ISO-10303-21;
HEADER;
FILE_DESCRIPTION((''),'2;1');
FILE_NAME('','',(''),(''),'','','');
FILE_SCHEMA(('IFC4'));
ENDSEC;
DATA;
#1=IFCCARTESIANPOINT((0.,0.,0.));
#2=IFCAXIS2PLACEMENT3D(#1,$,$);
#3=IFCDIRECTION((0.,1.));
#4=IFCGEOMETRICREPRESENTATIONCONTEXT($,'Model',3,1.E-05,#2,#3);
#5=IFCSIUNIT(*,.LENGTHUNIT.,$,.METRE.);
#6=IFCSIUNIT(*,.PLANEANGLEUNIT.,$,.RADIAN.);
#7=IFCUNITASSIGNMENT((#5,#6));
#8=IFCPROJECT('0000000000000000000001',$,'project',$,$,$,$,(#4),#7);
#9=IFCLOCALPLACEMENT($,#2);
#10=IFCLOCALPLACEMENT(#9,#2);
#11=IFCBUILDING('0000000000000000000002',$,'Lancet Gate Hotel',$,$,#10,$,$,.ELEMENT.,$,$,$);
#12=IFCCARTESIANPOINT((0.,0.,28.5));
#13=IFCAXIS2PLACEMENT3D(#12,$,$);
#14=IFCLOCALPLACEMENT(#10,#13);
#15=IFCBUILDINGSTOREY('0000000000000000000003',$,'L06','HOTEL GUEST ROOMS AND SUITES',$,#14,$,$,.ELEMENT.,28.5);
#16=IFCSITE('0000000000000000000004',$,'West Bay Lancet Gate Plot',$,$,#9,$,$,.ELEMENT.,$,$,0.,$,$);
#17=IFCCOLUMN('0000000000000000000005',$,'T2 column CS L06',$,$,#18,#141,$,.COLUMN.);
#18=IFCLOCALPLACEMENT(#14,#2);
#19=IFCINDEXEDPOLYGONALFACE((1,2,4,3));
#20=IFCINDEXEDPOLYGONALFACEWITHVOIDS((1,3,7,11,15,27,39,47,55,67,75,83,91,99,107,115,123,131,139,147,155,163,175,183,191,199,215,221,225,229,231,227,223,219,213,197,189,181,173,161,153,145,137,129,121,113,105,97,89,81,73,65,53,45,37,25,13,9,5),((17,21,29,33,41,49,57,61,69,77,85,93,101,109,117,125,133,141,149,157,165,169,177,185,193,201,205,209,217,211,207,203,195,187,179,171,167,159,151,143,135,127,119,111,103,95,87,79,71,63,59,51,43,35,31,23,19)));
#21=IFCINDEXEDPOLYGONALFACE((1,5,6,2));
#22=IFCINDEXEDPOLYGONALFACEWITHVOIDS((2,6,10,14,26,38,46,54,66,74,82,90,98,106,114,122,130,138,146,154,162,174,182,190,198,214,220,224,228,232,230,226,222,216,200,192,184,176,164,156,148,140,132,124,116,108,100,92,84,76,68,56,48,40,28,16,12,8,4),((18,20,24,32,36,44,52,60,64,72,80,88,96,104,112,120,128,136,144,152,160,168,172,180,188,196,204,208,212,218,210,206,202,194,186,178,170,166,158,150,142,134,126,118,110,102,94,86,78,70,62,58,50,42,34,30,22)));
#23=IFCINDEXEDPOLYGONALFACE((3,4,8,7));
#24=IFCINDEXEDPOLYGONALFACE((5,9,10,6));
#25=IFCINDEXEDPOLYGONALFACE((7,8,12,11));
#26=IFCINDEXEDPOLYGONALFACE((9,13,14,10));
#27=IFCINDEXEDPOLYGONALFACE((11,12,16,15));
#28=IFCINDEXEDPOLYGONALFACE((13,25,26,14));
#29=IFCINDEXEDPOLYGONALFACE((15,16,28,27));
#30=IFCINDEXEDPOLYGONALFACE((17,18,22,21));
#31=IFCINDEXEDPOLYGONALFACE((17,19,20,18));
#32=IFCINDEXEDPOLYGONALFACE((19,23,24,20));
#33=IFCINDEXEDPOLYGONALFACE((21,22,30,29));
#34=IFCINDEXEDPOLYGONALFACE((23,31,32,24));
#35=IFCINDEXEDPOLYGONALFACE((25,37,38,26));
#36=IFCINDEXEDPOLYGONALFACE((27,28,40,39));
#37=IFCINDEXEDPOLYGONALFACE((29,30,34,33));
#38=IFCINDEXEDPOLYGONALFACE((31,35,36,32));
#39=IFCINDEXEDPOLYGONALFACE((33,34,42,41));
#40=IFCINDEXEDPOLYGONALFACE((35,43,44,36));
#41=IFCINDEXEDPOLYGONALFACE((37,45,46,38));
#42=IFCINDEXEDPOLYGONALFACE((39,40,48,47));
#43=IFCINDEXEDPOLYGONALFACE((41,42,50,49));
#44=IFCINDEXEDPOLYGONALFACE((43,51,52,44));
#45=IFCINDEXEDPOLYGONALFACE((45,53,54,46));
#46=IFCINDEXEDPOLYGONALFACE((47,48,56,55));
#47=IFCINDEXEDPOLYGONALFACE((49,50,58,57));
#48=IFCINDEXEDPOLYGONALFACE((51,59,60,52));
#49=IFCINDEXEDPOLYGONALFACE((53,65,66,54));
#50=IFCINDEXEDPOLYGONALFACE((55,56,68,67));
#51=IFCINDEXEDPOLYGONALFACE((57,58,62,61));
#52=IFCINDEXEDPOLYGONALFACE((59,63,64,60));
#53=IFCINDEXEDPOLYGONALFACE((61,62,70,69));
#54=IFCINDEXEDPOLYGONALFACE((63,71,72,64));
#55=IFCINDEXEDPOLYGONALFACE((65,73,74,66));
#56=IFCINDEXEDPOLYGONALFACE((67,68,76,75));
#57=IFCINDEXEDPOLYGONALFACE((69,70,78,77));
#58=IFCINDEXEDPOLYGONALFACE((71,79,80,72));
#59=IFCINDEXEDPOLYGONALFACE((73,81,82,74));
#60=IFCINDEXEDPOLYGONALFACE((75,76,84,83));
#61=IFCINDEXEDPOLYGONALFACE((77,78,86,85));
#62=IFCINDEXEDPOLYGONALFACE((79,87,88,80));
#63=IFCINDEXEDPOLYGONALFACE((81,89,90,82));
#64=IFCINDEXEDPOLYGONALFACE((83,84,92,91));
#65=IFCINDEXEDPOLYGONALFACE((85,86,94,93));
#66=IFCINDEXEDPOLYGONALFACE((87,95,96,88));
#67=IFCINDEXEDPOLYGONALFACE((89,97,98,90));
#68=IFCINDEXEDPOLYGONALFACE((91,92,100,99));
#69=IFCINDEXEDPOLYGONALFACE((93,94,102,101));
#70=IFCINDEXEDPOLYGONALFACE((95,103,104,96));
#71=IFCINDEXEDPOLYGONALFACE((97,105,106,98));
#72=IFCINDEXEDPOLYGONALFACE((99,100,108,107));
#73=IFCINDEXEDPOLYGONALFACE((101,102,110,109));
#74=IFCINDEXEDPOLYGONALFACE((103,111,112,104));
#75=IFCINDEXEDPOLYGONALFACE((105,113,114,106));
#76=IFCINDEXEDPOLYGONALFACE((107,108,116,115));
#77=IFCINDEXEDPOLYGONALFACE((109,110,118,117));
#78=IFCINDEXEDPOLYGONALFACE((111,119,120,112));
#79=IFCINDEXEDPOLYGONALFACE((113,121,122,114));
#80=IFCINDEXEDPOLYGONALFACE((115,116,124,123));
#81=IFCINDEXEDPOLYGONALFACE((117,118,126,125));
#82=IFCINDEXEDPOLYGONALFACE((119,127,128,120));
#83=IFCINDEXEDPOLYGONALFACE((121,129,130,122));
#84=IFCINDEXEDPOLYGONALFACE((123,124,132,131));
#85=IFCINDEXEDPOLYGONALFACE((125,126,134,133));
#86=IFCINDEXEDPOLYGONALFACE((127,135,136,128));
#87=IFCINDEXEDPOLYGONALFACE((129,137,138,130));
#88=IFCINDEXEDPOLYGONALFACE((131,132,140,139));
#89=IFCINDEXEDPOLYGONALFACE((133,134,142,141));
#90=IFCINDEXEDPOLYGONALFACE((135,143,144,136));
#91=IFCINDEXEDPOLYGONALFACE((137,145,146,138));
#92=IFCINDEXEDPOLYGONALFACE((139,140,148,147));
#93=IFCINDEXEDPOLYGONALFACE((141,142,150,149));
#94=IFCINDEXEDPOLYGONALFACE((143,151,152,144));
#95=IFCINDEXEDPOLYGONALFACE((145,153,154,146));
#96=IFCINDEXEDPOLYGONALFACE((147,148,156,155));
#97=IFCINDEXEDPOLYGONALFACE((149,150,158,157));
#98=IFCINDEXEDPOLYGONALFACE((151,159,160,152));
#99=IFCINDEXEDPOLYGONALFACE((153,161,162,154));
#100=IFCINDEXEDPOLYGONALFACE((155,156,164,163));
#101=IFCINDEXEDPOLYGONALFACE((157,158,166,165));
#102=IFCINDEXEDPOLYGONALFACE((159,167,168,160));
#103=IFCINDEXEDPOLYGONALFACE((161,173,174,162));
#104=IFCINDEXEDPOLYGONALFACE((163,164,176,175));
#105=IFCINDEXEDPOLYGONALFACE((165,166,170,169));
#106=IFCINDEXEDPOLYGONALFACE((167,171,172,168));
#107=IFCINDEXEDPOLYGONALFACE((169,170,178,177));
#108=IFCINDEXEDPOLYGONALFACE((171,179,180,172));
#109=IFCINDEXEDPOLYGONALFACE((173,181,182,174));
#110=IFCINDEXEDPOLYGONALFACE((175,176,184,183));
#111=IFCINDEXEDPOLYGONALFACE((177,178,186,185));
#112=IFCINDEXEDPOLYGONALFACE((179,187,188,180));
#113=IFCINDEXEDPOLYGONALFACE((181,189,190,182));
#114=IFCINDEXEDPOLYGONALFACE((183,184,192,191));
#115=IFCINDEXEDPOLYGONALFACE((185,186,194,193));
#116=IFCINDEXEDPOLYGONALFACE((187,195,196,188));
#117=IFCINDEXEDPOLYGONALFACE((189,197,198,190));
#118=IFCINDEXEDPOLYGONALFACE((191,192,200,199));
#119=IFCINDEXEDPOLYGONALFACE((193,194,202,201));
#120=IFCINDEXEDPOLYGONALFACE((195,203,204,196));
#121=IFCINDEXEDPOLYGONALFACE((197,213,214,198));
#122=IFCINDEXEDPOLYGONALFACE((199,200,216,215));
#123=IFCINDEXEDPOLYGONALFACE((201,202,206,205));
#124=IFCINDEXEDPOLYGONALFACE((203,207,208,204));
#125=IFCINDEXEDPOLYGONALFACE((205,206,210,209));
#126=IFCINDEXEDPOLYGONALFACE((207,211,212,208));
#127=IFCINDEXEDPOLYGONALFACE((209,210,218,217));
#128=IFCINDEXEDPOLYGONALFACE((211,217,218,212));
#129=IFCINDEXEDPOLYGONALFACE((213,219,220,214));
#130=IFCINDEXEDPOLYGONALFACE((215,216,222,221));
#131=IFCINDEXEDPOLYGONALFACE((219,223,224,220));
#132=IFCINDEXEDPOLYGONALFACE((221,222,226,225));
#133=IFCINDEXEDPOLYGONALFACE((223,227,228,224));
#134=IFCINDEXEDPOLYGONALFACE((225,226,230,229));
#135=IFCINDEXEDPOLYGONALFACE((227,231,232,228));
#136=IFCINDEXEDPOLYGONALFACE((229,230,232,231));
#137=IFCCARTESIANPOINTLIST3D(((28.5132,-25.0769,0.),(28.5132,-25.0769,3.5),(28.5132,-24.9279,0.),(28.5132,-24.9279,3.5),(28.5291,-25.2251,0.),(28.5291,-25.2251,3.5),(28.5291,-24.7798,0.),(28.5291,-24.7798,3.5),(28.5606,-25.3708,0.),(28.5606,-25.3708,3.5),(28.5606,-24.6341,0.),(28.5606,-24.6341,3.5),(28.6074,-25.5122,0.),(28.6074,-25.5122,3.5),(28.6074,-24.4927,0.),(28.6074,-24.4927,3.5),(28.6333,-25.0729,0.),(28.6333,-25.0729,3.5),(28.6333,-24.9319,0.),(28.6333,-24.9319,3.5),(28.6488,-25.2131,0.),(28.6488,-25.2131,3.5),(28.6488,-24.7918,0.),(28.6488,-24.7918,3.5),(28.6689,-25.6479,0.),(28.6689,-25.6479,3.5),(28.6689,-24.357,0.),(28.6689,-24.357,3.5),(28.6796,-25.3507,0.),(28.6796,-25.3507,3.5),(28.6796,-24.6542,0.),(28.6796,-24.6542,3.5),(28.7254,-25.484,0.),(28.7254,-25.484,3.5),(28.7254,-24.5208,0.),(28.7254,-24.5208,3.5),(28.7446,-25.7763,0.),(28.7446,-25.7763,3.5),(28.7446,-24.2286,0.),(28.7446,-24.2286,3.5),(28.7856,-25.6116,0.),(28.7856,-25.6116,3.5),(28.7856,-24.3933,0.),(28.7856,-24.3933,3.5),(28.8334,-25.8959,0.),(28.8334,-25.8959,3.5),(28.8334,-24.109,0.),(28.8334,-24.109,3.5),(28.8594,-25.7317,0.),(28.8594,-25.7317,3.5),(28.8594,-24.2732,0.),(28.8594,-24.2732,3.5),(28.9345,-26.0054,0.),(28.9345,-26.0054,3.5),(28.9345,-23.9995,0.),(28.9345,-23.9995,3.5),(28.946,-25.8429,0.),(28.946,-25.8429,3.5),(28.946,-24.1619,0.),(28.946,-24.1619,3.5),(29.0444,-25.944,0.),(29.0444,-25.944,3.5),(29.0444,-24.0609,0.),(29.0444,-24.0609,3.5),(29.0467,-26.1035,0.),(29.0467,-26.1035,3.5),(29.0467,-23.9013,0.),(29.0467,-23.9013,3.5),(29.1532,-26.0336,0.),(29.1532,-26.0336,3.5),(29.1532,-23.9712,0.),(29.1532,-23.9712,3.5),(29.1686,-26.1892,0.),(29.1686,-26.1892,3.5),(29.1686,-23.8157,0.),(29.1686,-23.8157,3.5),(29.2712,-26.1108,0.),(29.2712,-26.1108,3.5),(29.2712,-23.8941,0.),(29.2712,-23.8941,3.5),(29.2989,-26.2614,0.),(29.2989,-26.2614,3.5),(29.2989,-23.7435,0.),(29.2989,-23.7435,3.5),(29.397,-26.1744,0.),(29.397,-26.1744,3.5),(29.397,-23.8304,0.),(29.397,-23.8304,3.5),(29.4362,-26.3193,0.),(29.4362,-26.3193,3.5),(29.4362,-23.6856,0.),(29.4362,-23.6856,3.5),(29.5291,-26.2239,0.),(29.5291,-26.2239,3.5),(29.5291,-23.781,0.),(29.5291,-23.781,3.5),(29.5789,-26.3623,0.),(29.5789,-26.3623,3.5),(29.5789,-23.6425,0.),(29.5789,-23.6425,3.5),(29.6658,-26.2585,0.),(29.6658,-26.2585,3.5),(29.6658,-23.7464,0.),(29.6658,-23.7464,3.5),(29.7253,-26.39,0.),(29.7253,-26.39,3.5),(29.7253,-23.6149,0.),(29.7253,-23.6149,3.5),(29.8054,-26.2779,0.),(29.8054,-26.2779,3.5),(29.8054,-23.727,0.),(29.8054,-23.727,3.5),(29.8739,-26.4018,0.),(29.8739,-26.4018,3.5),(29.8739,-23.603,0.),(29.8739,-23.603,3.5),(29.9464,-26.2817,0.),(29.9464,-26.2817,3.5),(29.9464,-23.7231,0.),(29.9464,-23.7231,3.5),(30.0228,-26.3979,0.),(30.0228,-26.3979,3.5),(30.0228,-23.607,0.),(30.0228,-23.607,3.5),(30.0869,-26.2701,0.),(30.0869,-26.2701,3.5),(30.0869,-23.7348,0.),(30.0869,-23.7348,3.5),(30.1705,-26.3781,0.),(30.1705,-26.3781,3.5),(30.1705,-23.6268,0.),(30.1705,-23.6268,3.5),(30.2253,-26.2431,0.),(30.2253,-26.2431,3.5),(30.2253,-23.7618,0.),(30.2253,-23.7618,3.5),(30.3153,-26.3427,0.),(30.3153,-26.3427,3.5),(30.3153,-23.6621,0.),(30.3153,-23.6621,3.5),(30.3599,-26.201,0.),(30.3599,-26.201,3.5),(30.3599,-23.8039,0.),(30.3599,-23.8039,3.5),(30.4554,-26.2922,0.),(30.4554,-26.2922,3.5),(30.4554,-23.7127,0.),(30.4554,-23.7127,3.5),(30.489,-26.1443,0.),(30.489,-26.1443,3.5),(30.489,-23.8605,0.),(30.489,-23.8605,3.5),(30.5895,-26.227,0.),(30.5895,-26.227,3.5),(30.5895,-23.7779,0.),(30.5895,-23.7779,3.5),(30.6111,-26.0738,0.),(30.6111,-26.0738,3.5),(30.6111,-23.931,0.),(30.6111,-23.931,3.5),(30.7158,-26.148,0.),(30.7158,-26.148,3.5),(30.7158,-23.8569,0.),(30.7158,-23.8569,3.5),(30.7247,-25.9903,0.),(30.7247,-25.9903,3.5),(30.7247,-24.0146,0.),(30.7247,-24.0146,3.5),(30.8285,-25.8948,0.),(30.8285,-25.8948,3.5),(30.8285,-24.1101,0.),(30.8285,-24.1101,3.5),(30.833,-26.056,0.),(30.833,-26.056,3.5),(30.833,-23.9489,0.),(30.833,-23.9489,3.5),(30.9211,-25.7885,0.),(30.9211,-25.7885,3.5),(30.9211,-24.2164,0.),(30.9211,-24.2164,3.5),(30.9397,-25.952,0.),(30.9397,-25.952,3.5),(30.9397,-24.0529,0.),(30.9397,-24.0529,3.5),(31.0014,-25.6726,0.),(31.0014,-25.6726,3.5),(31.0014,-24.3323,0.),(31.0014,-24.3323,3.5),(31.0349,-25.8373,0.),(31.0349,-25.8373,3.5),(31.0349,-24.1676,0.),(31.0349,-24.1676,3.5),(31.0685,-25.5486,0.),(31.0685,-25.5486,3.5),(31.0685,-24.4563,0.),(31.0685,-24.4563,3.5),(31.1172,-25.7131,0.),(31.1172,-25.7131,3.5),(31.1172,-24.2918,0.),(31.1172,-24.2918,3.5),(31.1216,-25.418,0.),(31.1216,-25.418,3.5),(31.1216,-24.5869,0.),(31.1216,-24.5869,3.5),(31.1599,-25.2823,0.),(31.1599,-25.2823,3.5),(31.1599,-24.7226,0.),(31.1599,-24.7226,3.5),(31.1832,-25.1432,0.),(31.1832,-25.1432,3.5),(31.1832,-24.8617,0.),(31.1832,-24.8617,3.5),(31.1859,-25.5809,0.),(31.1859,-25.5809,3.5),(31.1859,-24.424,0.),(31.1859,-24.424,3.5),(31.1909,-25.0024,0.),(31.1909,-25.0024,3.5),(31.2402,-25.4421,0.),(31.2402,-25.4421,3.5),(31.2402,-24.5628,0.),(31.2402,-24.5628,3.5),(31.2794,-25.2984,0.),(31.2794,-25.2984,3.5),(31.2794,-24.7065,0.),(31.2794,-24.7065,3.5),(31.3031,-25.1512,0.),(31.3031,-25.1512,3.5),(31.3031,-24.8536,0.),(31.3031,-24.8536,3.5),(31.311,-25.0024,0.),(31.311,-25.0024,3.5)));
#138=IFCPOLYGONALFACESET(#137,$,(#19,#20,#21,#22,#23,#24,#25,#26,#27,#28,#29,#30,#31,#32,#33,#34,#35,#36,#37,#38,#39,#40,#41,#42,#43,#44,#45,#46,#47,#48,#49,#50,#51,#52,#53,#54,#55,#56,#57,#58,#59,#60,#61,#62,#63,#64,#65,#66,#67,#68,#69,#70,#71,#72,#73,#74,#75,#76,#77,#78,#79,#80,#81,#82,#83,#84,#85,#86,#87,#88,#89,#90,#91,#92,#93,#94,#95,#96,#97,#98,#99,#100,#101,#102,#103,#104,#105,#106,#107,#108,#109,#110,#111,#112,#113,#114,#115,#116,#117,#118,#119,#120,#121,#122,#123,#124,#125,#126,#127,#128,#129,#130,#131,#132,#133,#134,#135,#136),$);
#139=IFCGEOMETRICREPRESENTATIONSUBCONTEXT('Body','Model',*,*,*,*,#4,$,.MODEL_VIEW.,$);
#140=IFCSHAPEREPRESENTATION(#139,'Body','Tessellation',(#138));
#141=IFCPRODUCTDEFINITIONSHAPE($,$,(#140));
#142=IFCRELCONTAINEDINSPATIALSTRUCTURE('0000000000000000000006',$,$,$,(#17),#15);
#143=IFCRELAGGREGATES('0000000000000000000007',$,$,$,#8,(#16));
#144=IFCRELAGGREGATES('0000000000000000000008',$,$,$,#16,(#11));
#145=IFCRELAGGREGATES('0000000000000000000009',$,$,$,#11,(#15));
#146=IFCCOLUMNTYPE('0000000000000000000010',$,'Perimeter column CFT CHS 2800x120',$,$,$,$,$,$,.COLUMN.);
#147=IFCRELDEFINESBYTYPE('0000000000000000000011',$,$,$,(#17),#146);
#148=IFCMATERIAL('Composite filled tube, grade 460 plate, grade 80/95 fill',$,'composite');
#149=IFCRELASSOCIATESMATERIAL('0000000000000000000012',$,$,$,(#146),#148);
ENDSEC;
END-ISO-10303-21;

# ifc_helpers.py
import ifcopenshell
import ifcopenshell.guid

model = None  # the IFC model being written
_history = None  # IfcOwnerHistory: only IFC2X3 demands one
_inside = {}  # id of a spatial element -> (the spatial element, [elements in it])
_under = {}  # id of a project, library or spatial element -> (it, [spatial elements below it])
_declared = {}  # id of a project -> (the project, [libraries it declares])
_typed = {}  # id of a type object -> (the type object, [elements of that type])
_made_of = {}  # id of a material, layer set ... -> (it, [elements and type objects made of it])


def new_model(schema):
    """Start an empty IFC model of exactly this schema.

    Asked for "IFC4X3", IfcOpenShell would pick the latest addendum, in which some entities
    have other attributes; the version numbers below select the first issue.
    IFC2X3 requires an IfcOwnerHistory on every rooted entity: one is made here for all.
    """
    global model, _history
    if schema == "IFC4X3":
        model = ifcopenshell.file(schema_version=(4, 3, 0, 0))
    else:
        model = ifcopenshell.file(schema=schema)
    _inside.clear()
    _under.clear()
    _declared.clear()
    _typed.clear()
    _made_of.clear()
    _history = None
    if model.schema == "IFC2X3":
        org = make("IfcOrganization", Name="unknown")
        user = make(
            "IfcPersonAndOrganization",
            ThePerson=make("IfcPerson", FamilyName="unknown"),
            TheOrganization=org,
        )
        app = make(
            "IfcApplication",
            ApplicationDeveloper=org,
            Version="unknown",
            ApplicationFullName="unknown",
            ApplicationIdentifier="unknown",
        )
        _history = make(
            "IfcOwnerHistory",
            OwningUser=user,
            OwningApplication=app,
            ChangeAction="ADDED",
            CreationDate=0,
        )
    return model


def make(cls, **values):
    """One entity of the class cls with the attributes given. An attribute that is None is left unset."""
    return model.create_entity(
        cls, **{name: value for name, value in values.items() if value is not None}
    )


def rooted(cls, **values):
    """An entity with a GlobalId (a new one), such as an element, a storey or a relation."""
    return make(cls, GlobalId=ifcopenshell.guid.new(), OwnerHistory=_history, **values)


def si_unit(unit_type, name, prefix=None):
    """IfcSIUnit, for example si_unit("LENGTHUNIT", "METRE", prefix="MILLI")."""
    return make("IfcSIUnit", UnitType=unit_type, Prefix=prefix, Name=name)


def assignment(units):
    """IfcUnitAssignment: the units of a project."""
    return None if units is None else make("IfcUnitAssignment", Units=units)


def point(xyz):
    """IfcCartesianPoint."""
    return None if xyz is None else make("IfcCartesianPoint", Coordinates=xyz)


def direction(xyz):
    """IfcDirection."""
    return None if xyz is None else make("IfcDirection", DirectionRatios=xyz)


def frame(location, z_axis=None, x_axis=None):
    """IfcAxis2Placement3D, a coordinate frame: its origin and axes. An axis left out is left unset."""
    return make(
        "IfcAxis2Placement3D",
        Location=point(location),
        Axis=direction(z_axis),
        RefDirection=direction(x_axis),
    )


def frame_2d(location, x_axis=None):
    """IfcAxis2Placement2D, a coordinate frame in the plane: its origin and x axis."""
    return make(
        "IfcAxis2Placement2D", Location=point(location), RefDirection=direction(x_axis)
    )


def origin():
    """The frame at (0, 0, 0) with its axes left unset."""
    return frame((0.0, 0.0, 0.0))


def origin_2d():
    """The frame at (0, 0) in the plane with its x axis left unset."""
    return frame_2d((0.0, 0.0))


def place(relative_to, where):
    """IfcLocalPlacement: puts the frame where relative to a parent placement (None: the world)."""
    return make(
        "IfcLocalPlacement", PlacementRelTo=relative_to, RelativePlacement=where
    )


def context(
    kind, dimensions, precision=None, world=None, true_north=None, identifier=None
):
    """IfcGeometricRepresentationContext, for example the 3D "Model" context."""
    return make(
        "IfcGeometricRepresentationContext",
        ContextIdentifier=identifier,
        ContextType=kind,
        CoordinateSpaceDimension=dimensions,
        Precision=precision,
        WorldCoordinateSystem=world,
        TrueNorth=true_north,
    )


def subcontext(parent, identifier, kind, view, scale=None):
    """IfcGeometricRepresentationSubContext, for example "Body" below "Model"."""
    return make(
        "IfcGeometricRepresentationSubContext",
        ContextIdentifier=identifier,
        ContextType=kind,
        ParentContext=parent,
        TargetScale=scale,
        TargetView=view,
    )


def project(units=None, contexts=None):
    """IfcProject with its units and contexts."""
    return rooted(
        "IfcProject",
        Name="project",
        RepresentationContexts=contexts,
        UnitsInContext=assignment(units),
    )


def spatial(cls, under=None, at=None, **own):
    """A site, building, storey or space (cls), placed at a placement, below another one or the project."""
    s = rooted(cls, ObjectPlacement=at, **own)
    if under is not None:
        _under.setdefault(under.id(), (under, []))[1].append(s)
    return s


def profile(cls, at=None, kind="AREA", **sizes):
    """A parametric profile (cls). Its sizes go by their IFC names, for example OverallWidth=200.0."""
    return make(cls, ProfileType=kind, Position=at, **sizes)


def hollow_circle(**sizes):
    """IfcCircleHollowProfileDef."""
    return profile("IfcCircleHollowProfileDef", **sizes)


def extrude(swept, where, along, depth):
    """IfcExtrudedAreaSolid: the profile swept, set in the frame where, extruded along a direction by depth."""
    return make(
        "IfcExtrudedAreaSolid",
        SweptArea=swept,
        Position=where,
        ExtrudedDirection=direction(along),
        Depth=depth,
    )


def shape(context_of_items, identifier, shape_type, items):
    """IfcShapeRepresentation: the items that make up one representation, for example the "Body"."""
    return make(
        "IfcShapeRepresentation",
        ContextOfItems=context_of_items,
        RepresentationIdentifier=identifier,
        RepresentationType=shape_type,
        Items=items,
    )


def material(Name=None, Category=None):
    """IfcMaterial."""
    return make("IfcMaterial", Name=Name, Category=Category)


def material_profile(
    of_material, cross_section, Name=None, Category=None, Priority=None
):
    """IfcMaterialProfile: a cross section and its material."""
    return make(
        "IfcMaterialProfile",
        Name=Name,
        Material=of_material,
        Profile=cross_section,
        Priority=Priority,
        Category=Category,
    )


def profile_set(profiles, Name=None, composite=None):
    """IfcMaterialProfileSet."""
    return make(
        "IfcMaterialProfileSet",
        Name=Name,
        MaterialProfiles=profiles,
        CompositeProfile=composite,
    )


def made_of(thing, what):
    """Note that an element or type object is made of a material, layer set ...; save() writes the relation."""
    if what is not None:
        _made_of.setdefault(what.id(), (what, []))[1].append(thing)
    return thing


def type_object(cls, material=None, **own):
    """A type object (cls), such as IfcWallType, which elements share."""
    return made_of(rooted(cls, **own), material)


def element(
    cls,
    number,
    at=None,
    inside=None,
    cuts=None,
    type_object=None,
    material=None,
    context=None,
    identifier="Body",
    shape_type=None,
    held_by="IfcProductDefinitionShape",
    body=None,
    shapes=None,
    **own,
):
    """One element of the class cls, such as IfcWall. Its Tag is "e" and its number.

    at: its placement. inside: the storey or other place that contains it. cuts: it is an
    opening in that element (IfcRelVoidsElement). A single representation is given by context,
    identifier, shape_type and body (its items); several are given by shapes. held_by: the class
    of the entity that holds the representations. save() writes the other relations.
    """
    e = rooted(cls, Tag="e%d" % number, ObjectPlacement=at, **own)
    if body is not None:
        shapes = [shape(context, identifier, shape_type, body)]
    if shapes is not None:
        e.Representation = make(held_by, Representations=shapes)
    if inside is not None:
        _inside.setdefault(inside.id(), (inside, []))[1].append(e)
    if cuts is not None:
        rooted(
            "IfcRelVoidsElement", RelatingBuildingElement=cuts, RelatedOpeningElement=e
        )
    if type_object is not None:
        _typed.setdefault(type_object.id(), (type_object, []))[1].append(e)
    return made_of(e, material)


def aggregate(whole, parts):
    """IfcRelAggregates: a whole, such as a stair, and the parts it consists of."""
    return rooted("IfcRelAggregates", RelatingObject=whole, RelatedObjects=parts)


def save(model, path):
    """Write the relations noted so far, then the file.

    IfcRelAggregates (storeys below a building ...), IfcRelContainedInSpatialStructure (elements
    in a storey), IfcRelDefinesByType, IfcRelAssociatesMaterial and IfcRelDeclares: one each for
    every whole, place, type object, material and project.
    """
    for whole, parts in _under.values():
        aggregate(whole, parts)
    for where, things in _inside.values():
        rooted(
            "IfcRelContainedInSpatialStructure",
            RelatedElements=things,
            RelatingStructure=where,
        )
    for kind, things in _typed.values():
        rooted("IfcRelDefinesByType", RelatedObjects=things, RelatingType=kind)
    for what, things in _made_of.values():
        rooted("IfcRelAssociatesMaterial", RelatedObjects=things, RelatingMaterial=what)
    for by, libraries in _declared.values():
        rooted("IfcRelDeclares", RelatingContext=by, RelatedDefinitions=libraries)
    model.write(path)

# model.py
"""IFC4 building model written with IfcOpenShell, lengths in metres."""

from ifc_helpers import new_model, si_unit, direction, frame, origin, origin_2d, place, context, subcontext, project, spatial, hollow_circle, extrude, material, material_profile, profile_set, type_object, element, save


model = new_model("IFC4")

# Units and contexts
model_context = context("Model", 3, precision=1e-05, world=origin(), true_north=direction((0.0, 1.0)))
body_context = subcontext(model_context, "Body", "Model", "MODEL_VIEW")
ifc_project = project(units=[si_unit("LENGTHUNIT", "METRE"), si_unit("PLANEANGLEUNIT", "RADIAN")], contexts=[model_context])

# Site, building, storey
site_placement = place(None, origin())
site = spatial("IfcSite", under=ifc_project, at=site_placement, Name="West Bay Lancet Gate Plot", CompositionType="ELEMENT", RefElevation=0.0)
building_placement = place(site_placement, origin())
building = spatial("IfcBuilding", under=site, at=building_placement, Name="Lancet Gate Hotel", CompositionType="ELEMENT")
storey_placement = place(building_placement, frame((0.0, 0.0, 28.5)))
storey = spatial("IfcBuildingStorey", under=building, at=storey_placement, Name="L06", Description="HOTEL GUEST ROOMS AND SUITES", CompositionType="ELEMENT", Elevation=28.5)

# Column
ifc_material_1 = material(Name="Composite filled tube, grade 460 plate, grade 80/95 fill", Category="composite")
ifc_material_profile_1 = material_profile(ifc_material_1, hollow_circle(Radius=1.3999, WallThickness=0.1201, at=origin_2d()), Name="CHS 2800x120")
ifc_profile_set_1 = profile_set([ifc_material_profile_1], Name="Composite filled tube, grade 460 plate, grade 80/95 fill")
column_type = type_object("IfcColumnType", Name="Perimeter column CFT CHS 2800x120", PredefinedType="COLUMN", material=ifc_profile_set_1)
for number, where, z_axis, x_axis, name in (
    (1, (29.9111, -25.0024, 0.0), (0.0, 0.0, 1.0), (1.0, 0.0, 0.0), "T2 column CS L06"),
):
    element("IfcColumn", number, at=place(storey_placement, frame(where, z_axis=z_axis, x_axis=x_axis)), inside=storey, type_object=column_type, Name=name, PredefinedType="COLUMN", context=body_context, shape_type="SweptSolid", body=[
        extrude(hollow_circle(Radius=1.3999, WallThickness=0.1201, at=origin_2d()), origin(), (0.0, 0.0, 1.0), 3.5),
    ])

save(model, "model.ifc")
